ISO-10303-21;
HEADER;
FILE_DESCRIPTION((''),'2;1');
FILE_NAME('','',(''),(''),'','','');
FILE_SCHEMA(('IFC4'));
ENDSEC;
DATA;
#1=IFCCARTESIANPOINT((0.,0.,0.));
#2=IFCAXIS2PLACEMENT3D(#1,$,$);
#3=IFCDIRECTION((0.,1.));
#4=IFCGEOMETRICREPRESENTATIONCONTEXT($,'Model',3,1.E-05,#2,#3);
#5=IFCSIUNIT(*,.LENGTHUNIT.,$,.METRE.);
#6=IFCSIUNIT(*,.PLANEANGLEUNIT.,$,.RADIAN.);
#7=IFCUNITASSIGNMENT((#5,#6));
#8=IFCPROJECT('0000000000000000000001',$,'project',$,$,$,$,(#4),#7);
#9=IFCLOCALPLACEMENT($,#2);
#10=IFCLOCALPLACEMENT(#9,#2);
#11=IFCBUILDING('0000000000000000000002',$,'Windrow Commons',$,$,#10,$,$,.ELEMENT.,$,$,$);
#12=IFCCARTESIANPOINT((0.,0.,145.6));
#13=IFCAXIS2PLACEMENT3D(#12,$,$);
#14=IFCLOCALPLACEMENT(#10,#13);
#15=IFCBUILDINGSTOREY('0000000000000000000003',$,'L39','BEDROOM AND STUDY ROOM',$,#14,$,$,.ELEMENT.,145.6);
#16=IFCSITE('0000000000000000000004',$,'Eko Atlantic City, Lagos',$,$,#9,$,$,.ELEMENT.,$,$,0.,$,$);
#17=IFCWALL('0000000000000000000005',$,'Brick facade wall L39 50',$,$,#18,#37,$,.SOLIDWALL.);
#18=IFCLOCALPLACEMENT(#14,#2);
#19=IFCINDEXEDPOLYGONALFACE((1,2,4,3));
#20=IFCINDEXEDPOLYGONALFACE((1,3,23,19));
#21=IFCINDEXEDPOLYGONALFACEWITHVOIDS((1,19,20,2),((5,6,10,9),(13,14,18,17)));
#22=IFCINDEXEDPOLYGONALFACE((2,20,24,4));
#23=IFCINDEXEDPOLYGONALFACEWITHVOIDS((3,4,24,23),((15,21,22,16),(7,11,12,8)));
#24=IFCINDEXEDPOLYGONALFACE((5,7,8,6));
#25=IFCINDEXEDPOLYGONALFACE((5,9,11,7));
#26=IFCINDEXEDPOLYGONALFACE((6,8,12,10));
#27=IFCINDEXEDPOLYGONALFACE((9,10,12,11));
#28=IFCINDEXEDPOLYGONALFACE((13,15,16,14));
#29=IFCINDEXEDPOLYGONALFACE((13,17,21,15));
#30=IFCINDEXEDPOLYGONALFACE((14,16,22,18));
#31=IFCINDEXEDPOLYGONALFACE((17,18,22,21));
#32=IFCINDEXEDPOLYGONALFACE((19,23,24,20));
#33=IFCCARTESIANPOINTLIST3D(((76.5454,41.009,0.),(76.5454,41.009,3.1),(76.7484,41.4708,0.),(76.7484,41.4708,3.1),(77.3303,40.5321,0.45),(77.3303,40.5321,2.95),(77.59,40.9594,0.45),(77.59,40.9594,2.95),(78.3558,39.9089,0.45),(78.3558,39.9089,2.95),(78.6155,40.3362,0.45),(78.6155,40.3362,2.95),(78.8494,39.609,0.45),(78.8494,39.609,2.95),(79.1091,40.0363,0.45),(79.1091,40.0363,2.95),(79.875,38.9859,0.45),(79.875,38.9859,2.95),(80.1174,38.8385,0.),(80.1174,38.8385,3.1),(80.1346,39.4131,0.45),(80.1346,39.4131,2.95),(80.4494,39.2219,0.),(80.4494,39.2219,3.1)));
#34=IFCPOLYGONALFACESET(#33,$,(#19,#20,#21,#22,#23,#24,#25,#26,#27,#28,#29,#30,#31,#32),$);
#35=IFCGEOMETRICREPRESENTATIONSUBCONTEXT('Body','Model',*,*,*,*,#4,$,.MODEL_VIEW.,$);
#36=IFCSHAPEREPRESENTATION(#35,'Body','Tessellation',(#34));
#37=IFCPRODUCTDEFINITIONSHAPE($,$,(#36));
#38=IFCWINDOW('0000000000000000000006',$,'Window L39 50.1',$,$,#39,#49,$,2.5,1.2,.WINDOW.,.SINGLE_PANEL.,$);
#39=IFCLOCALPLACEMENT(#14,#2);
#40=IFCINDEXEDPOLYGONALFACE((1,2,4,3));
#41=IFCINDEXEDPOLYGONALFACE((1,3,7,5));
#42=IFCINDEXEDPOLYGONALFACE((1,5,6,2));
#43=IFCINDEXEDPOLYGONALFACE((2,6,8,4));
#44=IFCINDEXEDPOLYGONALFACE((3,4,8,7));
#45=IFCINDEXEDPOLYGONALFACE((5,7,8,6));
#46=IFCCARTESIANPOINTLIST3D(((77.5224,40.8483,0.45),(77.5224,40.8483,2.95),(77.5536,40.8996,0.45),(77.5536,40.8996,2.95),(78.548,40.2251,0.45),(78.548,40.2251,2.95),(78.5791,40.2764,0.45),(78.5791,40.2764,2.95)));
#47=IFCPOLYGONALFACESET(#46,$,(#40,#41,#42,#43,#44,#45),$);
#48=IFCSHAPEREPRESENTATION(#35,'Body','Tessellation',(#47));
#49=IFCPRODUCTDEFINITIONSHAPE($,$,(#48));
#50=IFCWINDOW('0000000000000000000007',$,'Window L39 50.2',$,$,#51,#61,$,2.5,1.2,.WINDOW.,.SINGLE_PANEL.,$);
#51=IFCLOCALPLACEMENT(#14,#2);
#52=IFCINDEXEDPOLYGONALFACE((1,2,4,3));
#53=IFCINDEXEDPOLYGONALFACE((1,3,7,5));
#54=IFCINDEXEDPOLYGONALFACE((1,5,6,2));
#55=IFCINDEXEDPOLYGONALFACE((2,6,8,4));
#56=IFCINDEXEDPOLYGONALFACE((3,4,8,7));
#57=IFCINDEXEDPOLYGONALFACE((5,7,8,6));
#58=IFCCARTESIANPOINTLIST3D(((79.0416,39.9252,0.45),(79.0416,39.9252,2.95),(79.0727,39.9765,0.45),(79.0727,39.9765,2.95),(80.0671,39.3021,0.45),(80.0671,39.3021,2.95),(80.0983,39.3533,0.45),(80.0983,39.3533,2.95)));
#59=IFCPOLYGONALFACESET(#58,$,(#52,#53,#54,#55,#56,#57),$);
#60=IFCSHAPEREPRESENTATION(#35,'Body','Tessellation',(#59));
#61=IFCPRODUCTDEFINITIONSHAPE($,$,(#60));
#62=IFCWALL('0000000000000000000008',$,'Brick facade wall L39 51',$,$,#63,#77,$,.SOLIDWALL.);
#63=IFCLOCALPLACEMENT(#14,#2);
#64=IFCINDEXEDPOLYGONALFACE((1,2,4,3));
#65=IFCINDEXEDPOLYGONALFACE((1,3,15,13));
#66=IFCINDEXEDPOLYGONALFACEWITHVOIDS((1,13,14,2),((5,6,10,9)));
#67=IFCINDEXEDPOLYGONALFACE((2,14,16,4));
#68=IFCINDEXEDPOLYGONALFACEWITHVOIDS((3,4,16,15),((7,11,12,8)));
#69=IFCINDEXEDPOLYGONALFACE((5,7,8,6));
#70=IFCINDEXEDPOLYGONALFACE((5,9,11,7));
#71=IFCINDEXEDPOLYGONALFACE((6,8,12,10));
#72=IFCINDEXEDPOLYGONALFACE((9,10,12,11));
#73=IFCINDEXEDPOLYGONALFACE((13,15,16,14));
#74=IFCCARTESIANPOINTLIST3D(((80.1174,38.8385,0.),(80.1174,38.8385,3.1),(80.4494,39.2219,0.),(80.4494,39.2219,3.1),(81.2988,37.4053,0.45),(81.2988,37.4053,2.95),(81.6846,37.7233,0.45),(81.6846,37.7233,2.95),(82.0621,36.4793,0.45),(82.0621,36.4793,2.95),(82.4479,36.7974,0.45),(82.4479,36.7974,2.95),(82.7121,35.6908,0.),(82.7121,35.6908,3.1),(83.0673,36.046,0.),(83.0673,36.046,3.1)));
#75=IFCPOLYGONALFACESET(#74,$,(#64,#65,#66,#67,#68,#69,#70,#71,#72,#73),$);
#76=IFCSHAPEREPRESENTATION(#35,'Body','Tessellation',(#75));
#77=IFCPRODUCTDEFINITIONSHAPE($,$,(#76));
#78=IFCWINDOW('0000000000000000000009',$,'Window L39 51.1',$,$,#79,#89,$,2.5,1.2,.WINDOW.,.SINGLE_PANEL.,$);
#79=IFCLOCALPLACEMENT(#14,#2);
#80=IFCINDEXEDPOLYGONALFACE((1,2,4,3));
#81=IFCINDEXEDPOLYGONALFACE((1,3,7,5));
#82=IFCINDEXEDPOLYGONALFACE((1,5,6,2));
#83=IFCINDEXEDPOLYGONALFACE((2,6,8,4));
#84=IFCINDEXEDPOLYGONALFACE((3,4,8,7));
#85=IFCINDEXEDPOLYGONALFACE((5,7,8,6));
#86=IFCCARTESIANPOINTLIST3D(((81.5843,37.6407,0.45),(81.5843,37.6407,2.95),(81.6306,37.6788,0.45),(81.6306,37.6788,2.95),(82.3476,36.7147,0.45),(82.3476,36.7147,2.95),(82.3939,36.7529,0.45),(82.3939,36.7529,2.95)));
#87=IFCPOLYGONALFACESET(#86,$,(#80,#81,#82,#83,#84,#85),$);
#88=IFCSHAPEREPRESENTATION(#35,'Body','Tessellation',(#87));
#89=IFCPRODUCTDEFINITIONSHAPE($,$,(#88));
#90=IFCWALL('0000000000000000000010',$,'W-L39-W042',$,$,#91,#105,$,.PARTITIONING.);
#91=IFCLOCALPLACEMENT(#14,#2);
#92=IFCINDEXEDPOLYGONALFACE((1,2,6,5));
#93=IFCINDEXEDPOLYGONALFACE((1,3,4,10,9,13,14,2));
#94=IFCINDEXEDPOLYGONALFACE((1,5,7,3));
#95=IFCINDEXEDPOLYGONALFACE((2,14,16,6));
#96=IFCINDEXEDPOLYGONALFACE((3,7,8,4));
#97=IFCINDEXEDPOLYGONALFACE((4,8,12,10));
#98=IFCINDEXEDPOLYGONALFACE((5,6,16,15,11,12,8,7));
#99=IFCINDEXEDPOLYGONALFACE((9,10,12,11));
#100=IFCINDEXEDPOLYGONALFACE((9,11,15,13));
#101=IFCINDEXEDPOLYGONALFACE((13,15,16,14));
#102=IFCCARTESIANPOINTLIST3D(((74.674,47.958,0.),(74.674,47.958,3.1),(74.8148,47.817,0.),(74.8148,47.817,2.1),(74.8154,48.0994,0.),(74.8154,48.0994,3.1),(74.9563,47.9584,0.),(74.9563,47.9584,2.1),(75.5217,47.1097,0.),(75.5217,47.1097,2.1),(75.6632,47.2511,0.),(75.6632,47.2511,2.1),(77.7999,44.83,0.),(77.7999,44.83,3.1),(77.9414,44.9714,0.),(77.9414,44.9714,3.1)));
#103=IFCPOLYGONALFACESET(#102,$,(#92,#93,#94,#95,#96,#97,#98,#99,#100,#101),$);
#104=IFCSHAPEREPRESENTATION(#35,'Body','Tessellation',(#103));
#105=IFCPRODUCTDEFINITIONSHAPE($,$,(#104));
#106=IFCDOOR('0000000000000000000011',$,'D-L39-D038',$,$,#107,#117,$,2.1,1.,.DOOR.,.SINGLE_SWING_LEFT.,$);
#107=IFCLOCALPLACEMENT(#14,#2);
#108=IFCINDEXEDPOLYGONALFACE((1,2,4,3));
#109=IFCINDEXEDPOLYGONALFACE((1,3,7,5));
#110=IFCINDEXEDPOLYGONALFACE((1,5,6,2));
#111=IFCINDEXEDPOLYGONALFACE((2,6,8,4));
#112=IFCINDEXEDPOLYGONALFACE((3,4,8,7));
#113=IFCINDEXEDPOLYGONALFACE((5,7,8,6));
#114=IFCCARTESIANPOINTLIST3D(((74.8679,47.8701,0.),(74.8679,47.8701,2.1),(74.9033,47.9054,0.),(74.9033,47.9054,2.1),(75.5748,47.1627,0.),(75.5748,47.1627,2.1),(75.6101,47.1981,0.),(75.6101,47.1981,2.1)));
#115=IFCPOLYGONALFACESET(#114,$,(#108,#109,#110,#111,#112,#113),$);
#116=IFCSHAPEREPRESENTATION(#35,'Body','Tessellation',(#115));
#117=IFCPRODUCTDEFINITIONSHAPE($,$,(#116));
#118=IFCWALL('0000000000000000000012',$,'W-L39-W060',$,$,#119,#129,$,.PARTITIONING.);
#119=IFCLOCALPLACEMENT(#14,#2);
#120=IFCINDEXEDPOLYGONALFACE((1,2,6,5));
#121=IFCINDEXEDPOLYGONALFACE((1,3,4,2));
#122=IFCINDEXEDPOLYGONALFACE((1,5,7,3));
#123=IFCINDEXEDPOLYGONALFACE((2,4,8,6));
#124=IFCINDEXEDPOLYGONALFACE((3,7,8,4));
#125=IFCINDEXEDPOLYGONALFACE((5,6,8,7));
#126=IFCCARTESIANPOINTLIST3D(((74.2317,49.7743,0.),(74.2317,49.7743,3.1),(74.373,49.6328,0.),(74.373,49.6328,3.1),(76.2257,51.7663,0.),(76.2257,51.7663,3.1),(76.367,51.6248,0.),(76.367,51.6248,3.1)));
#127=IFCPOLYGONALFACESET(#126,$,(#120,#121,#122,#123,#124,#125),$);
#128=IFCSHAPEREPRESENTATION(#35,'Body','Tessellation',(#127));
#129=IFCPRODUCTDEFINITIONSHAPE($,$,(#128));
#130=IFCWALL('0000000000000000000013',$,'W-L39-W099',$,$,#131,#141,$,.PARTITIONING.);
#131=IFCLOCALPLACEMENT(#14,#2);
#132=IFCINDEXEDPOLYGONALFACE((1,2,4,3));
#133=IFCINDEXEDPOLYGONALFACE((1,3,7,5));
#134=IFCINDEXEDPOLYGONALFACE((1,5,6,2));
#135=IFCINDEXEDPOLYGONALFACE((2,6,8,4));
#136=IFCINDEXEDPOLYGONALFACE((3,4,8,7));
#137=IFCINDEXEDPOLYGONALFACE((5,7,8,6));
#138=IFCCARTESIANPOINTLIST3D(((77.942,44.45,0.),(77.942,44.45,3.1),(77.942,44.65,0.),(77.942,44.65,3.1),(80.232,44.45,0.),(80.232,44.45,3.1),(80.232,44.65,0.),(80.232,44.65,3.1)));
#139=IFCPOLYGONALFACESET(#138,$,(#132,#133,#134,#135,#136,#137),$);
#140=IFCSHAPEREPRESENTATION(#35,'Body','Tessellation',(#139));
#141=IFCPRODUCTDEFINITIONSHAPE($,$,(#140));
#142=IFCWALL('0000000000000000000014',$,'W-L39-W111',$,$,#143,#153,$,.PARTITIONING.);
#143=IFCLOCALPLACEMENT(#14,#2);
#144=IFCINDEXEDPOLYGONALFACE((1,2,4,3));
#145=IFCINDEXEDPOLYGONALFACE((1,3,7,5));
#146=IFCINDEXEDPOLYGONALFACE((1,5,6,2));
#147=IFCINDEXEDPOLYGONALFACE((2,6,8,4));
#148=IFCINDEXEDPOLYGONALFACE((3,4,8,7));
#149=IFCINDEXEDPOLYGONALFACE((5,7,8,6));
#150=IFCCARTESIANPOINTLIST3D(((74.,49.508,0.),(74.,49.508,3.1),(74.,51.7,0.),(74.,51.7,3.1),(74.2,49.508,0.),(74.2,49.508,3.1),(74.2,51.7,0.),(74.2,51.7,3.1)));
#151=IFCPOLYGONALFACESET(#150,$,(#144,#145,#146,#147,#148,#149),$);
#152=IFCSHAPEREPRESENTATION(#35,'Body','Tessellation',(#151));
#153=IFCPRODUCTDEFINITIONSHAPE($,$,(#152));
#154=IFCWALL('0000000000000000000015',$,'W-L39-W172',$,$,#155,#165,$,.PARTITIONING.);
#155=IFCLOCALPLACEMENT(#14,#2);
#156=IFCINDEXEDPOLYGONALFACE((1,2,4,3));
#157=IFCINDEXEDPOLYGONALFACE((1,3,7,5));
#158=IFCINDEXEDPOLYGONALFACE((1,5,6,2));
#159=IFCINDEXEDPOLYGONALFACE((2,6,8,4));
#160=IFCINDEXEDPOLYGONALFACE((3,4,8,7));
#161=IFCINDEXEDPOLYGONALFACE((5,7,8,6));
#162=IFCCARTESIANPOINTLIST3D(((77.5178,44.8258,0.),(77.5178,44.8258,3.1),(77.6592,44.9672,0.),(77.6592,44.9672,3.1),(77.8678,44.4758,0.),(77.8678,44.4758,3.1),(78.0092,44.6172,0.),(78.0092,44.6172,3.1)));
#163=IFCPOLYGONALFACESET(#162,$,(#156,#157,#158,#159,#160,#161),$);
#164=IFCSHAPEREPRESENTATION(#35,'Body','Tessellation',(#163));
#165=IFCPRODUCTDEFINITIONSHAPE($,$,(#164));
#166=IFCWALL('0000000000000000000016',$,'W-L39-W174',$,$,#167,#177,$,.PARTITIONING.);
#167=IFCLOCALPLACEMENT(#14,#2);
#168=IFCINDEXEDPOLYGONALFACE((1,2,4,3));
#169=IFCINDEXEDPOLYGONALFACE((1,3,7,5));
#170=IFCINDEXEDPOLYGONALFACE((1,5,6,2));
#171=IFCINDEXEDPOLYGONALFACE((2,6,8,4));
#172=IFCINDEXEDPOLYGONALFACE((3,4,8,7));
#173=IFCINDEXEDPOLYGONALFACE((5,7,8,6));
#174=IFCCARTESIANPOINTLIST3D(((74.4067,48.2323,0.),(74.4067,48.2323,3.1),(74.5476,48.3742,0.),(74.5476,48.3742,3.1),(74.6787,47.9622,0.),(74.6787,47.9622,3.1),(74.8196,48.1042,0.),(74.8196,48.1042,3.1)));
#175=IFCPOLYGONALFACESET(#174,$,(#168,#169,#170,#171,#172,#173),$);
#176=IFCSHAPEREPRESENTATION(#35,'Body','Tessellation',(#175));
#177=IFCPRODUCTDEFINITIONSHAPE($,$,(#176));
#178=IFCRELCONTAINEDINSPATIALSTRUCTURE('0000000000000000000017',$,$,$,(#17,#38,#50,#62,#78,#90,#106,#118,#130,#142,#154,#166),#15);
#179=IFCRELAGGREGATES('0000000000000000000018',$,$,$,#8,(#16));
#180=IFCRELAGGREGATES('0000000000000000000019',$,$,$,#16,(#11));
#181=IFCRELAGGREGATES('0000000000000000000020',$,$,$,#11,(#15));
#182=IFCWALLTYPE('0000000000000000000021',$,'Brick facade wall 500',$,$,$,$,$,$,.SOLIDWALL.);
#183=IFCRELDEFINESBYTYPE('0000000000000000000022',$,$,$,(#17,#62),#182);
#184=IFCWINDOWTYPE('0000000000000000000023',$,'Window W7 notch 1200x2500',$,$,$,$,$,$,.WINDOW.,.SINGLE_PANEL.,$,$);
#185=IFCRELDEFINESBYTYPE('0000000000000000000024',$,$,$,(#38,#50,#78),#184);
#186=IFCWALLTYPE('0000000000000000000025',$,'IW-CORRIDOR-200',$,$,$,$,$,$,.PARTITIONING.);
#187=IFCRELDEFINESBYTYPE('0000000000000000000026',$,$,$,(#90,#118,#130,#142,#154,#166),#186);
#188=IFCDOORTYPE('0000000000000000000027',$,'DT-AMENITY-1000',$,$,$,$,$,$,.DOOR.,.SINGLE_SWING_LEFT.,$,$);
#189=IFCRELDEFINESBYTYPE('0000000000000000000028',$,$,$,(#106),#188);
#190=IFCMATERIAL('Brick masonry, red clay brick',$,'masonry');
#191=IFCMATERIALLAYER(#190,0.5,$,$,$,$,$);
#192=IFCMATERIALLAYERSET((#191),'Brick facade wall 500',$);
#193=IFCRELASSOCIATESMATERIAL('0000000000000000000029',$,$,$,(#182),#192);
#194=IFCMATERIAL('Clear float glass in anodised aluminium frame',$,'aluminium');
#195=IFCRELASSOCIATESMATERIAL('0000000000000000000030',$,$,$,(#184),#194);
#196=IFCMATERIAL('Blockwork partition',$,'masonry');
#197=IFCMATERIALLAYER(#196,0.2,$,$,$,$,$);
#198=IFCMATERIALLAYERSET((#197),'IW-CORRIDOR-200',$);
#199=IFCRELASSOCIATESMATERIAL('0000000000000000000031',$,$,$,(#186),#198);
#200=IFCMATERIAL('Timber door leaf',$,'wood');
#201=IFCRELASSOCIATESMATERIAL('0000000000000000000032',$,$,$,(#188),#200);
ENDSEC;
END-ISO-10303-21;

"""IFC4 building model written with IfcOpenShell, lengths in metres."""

from ifc_helpers import new_model, si_unit, direction, frame, frame_2d, origin, place, context, subcontext, project, spatial, polyline, rectangle, outline, extrude, material, layer, layer_set, type_object, element, fill, save


model = new_model("IFC4")

# Units and contexts
model_context = context("Model", 3, precision=1e-05, world=origin(), true_north=direction((0.0, 1.0)))
body_context = subcontext(model_context, "Body", "Model", "MODEL_VIEW")
ifc_project = project(units=[si_unit("LENGTHUNIT", "METRE"), si_unit("PLANEANGLEUNIT", "RADIAN")], contexts=[model_context])

# Site, building, storey
site_placement = place(None, origin())
site = spatial("IfcSite", under=ifc_project, at=site_placement, Name="Eko Atlantic City, Lagos", CompositionType="ELEMENT", RefElevation=0.0)
building_placement = place(site_placement, origin())
building = spatial("IfcBuilding", under=site, at=building_placement, Name="Windrow Commons", CompositionType="ELEMENT")
storey_placement = place(building_placement, frame((0.0, 0.0, 145.6)))
storey = spatial("IfcBuildingStorey", under=building, at=storey_placement, Name="L39", Description="BEDROOM AND STUDY ROOM", CompositionType="ELEMENT", Elevation=145.6)

# Shared definitions
ifc_material_1 = material(Name="Brick masonry, red clay brick", Category="masonry")
ifc_layer_1 = layer(ifc_material_1, 0.5)
ifc_layer_set_1 = layer_set([ifc_layer_1], Name="Brick facade wall 500")
wall_type_1 = type_object("IfcWallType", Name="Brick facade wall 500", PredefinedType="SOLIDWALL", material=ifc_layer_set_1)
ifc_material_2 = material(Name="Clear float glass in anodised aluminium frame", Category="aluminium")
window_type = type_object("IfcWindowType", Name="Window W7 notch 1200x2500", PartitioningType="SINGLE_PANEL", PredefinedType="WINDOW", material=ifc_material_2)

# Wall, openings, windows
wall_1_placement = place(storey_placement, frame((76.6469, 41.2399, 0.0), z_axis=(0.0, 0.0, 1.0), x_axis=(0.854597, -0.519291, 0.0)))
wall_1 = element("IfcWall", 1, at=wall_1_placement, inside=storey, type_object=wall_type_1, Name="Brick facade wall L39 50", PredefinedType="SOLIDWALL", context=body_context, shape_type="SweptSolid", body=[
    extrude(outline(polyline([(0.0332, -0.25), (4.2129, -0.25), (4.2975, 0.25), (-0.0332, 0.25), (0.0332, -0.25)])), origin(), (0.0, 0.0, 1.0), 3.1),
])
opening_1_placement = place(wall_1_placement, frame((0.9516, 0.0, 0.45)))
opening_1 = element("IfcOpeningElement", 2, at=opening_1_placement, cuts=wall_1, PredefinedType="OPENING", context=body_context, shape_type="SweptSolid", body=[
    extrude(rectangle(XDim=1.2, YDim=2.5, at=frame_2d((0.6, 1.25))), frame((0.0, 0.26, 0.0), z_axis=(0.0, -1.0, 0.0), x_axis=(1.0, 0.0, 0.0)), (0.0, 0.0, 1.0), 0.52),
])
opening_2_placement = place(wall_1_placement, frame((2.7292, 0.0, 0.45)))
opening_2 = element("IfcOpeningElement", 3, at=opening_2_placement, cuts=wall_1, PredefinedType="OPENING", context=body_context, shape_type="SweptSolid", body=[
    extrude(rectangle(XDim=1.2, YDim=2.5, at=frame_2d((0.6, 1.25))), frame((0.0, 0.26, 0.0), z_axis=(0.0, -1.0, 0.0), x_axis=(1.0, 0.0, 0.0)), (0.0, 0.0, 1.0), 0.52),
])
window_1_placement = place(opening_1_placement, origin())
window_1 = element("IfcWindow", 4, at=window_1_placement, inside=storey, type_object=window_type, Name="Window L39 50.1", OverallHeight=2.5, OverallWidth=1.2, PartitioningType="SINGLE_PANEL", PredefinedType="WINDOW", context=body_context, shape_type="SweptSolid", body=[
    extrude(rectangle(XDim=1.2, YDim=2.5, at=frame_2d((0.6, 1.25))), frame((0.0, 0.18, 0.0), z_axis=(0.0, -1.0, 0.0), x_axis=(1.0, 0.0, 0.0)), (0.0, 0.0, 1.0), 0.06),
])
fill(opening_1, window_1)
window_2_placement = place(opening_2_placement, origin())
window_2 = element("IfcWindow", 5, at=window_2_placement, inside=storey, type_object=window_type, Name="Window L39 50.2", OverallHeight=2.5, OverallWidth=1.2, PartitioningType="SINGLE_PANEL", PredefinedType="WINDOW", context=body_context, shape_type="SweptSolid", body=[
    extrude(rectangle(XDim=1.2, YDim=2.5, at=frame_2d((0.6, 1.25))), frame((0.0, 0.18, 0.0), z_axis=(0.0, -1.0, 0.0), x_axis=(1.0, 0.0, 0.0)), (0.0, 0.0, 1.0), 0.06),
])
fill(opening_2, window_2)

# Wall, opening, window
wall_2_placement = place(storey_placement, frame((80.2834, 39.0302, 0.0), z_axis=(0.0, 0.0, 1.0), x_axis=(0.636066, -0.771635, 0.0)))
wall_2 = element("IfcWall", 6, at=wall_2_placement, inside=storey, type_object=wall_type_1, Name="Brick facade wall L39 51", PredefinedType="SOLIDWALL", context=body_context, shape_type="SweptSolid", body=[
    extrude(outline(polyline([(0.0423, -0.25), (4.1216, -0.25), (4.0735, 0.25), (-0.0423, 0.25), (0.0423, -0.25)])), origin(), (0.0, 0.0, 1.0), 3.1),
])
opening_3_placement = place(wall_2_placement, frame((1.8997, 0.0, 0.45)))
opening_3 = element("IfcOpeningElement", 7, at=opening_3_placement, cuts=wall_2, PredefinedType="OPENING", context=body_context, shape_type="SweptSolid", body=[
    extrude(rectangle(XDim=1.2, YDim=2.5, at=frame_2d((0.6, 1.25))), frame((0.0, 0.26, 0.0), z_axis=(0.0, -1.0, 0.0), x_axis=(1.0, 0.0, 0.0)), (0.0, 0.0, 1.0), 0.52),
])
window_3_placement = place(opening_3_placement, origin())
window_3 = element("IfcWindow", 8, at=window_3_placement, inside=storey, type_object=window_type, Name="Window L39 51.1", OverallHeight=2.5, OverallWidth=1.2, PartitioningType="SINGLE_PANEL", PredefinedType="WINDOW", context=body_context, shape_type="SweptSolid", body=[
    extrude(rectangle(XDim=1.2, YDim=2.5, at=frame_2d((0.6, 1.25))), frame((0.0, 0.18, 0.0), z_axis=(0.0, -1.0, 0.0), x_axis=(1.0, 0.0, 0.0)), (0.0, 0.0, 1.0), 0.06),
])
fill(opening_3, window_3)

# Wall, opening, door
ifc_material_3 = material(Name="Blockwork partition", Category="masonry")
ifc_layer_2 = layer(ifc_material_3, 0.2)
ifc_layer_set_2 = layer_set([ifc_layer_2], Name="IW-CORRIDOR-200")
wall_type_2 = type_object("IfcWallType", Name="IW-CORRIDOR-200", PredefinedType="PARTITIONING", material=ifc_layer_set_2)
wall_3_placement = place(storey_placement, frame((74.7447, 48.0287, 0.0), z_axis=(0.0, 0.0, 1.0), x_axis=(0.706881, -0.707333, 0.0)))
wall_3 = element("IfcWall", 9, at=wall_3_placement, inside=storey, type_object=wall_type_2, Name="W-L39-W042", PredefinedType="PARTITIONING", context=body_context, shape_type="SweptSolid", body=[
    extrude(rectangle(XDim=4.4222, YDim=0.2, at=frame_2d((2.2111, 0.0))), origin(), (0.0, 0.0, 1.0), 3.1),
])
opening_4_placement = place(wall_3_placement, frame((0.1993, 0.0, 0.0)))
opening_4 = element("IfcOpeningElement", 10, at=opening_4_placement, cuts=wall_3, PredefinedType="OPENING", context=body_context, shape_type="SweptSolid", body=[
    extrude(rectangle(XDim=1.0, YDim=2.1, at=frame_2d((0.5, 1.05))), frame((0.0, 0.11, 0.0), z_axis=(0.0, -1.0, 0.0), x_axis=(1.0, 0.0, 0.0)), (0.0, 0.0, 1.0), 0.22),
])
ifc_material_4 = material(Name="Timber door leaf", Category="wood")
door_type_1 = type_object("IfcDoorType", Name="DT-AMENITY-1000", OperationType="SINGLE_SWING_LEFT", PredefinedType="DOOR", material=ifc_material_4)
door_1_placement = place(opening_4_placement, origin())
door_1 = element("IfcDoor", 11, at=door_1_placement, inside=storey, type_object=door_type_1, Name="D-L39-D038", OperationType="SINGLE_SWING_LEFT", OverallHeight=2.1, OverallWidth=1.0, PredefinedType="DOOR", context=body_context, shape_type="SweptSolid", body=[
    extrude(rectangle(XDim=1.0, YDim=2.1, at=frame_2d((0.5, 1.05))), frame((0.0, 0.025, 0.0), z_axis=(0.0, -1.0, 0.0), x_axis=(1.0, 0.0, 0.0)), (0.0, 0.0, 1.0), 0.05),
])
fill(opening_4, door_1)

# Walls
wall_4_placement = place(storey_placement, frame((74.3024, 49.7036, 0.0), z_axis=(0.0, 0.0, 1.0), x_axis=(0.707461, 0.706752, 0.0)))
element("IfcWall", 12, at=wall_4_placement, inside=storey, type_object=wall_type_2, Name="W-L39-W060", PredefinedType="PARTITIONING", context=body_context, shape_type="SweptSolid", body=[
    extrude(rectangle(XDim=2.8185, YDim=0.2, at=frame_2d((1.4092, 0.0))), origin(), (0.0, 0.0, 1.0), 3.1),
])
wall_5_placement = place(storey_placement, frame((77.942, 44.55, 0.0), z_axis=(0.0, 0.0, 1.0), x_axis=(1.0, 0.0, 0.0)))
element("IfcWall", 13, at=wall_5_placement, inside=storey, type_object=wall_type_2, Name="W-L39-W099", PredefinedType="PARTITIONING", context=body_context, shape_type="SweptSolid", body=[
    extrude(rectangle(XDim=2.29, YDim=0.2, at=frame_2d((1.145, 0.0))), origin(), (0.0, 0.0, 1.0), 3.1),
])
wall_6_placement = place(storey_placement, frame((74.1, 49.508, 0.0), z_axis=(0.0, 0.0, 1.0), x_axis=(0.0, 1.0, 0.0)))
element("IfcWall", 14, at=wall_6_placement, inside=storey, type_object=wall_type_2, Name="W-L39-W111", PredefinedType="PARTITIONING", context=body_context, shape_type="SweptSolid", body=[
    extrude(rectangle(XDim=2.192, YDim=0.2, at=frame_2d((1.096, 0.0))), origin(), (0.0, 0.0, 1.0), 3.1),
])
wall_7_placement = place(storey_placement, frame((77.5885, 44.8965, 0.0), z_axis=(0.0, 0.0, 1.0), x_axis=(0.707107, -0.707107, 0.0)))
element("IfcWall", 15, at=wall_7_placement, inside=storey, type_object=wall_type_2, Name="W-L39-W172", PredefinedType="PARTITIONING", context=body_context, shape_type="SweptSolid", body=[
    extrude(rectangle(XDim=0.495, YDim=0.2, at=frame_2d((0.2475, 0.0))), origin(), (0.0, 0.0, 1.0), 3.1),
])
wall_8_placement = place(storey_placement, frame((74.4772, 48.3032, 0.0), z_axis=(0.0, 0.0, 1.0), x_axis=(0.709711, -0.704493, 0.0)))
element("IfcWall", 16, at=wall_8_placement, inside=storey, type_object=wall_type_2, Name="W-L39-W174", PredefinedType="PARTITIONING", context=body_context, shape_type="SweptSolid", body=[
    extrude(rectangle(XDim=0.3833, YDim=0.2, at=frame_2d((0.1916, 0.0))), origin(), (0.0, 0.0, 1.0), 3.1),
])

save(model, "model.ifc")
